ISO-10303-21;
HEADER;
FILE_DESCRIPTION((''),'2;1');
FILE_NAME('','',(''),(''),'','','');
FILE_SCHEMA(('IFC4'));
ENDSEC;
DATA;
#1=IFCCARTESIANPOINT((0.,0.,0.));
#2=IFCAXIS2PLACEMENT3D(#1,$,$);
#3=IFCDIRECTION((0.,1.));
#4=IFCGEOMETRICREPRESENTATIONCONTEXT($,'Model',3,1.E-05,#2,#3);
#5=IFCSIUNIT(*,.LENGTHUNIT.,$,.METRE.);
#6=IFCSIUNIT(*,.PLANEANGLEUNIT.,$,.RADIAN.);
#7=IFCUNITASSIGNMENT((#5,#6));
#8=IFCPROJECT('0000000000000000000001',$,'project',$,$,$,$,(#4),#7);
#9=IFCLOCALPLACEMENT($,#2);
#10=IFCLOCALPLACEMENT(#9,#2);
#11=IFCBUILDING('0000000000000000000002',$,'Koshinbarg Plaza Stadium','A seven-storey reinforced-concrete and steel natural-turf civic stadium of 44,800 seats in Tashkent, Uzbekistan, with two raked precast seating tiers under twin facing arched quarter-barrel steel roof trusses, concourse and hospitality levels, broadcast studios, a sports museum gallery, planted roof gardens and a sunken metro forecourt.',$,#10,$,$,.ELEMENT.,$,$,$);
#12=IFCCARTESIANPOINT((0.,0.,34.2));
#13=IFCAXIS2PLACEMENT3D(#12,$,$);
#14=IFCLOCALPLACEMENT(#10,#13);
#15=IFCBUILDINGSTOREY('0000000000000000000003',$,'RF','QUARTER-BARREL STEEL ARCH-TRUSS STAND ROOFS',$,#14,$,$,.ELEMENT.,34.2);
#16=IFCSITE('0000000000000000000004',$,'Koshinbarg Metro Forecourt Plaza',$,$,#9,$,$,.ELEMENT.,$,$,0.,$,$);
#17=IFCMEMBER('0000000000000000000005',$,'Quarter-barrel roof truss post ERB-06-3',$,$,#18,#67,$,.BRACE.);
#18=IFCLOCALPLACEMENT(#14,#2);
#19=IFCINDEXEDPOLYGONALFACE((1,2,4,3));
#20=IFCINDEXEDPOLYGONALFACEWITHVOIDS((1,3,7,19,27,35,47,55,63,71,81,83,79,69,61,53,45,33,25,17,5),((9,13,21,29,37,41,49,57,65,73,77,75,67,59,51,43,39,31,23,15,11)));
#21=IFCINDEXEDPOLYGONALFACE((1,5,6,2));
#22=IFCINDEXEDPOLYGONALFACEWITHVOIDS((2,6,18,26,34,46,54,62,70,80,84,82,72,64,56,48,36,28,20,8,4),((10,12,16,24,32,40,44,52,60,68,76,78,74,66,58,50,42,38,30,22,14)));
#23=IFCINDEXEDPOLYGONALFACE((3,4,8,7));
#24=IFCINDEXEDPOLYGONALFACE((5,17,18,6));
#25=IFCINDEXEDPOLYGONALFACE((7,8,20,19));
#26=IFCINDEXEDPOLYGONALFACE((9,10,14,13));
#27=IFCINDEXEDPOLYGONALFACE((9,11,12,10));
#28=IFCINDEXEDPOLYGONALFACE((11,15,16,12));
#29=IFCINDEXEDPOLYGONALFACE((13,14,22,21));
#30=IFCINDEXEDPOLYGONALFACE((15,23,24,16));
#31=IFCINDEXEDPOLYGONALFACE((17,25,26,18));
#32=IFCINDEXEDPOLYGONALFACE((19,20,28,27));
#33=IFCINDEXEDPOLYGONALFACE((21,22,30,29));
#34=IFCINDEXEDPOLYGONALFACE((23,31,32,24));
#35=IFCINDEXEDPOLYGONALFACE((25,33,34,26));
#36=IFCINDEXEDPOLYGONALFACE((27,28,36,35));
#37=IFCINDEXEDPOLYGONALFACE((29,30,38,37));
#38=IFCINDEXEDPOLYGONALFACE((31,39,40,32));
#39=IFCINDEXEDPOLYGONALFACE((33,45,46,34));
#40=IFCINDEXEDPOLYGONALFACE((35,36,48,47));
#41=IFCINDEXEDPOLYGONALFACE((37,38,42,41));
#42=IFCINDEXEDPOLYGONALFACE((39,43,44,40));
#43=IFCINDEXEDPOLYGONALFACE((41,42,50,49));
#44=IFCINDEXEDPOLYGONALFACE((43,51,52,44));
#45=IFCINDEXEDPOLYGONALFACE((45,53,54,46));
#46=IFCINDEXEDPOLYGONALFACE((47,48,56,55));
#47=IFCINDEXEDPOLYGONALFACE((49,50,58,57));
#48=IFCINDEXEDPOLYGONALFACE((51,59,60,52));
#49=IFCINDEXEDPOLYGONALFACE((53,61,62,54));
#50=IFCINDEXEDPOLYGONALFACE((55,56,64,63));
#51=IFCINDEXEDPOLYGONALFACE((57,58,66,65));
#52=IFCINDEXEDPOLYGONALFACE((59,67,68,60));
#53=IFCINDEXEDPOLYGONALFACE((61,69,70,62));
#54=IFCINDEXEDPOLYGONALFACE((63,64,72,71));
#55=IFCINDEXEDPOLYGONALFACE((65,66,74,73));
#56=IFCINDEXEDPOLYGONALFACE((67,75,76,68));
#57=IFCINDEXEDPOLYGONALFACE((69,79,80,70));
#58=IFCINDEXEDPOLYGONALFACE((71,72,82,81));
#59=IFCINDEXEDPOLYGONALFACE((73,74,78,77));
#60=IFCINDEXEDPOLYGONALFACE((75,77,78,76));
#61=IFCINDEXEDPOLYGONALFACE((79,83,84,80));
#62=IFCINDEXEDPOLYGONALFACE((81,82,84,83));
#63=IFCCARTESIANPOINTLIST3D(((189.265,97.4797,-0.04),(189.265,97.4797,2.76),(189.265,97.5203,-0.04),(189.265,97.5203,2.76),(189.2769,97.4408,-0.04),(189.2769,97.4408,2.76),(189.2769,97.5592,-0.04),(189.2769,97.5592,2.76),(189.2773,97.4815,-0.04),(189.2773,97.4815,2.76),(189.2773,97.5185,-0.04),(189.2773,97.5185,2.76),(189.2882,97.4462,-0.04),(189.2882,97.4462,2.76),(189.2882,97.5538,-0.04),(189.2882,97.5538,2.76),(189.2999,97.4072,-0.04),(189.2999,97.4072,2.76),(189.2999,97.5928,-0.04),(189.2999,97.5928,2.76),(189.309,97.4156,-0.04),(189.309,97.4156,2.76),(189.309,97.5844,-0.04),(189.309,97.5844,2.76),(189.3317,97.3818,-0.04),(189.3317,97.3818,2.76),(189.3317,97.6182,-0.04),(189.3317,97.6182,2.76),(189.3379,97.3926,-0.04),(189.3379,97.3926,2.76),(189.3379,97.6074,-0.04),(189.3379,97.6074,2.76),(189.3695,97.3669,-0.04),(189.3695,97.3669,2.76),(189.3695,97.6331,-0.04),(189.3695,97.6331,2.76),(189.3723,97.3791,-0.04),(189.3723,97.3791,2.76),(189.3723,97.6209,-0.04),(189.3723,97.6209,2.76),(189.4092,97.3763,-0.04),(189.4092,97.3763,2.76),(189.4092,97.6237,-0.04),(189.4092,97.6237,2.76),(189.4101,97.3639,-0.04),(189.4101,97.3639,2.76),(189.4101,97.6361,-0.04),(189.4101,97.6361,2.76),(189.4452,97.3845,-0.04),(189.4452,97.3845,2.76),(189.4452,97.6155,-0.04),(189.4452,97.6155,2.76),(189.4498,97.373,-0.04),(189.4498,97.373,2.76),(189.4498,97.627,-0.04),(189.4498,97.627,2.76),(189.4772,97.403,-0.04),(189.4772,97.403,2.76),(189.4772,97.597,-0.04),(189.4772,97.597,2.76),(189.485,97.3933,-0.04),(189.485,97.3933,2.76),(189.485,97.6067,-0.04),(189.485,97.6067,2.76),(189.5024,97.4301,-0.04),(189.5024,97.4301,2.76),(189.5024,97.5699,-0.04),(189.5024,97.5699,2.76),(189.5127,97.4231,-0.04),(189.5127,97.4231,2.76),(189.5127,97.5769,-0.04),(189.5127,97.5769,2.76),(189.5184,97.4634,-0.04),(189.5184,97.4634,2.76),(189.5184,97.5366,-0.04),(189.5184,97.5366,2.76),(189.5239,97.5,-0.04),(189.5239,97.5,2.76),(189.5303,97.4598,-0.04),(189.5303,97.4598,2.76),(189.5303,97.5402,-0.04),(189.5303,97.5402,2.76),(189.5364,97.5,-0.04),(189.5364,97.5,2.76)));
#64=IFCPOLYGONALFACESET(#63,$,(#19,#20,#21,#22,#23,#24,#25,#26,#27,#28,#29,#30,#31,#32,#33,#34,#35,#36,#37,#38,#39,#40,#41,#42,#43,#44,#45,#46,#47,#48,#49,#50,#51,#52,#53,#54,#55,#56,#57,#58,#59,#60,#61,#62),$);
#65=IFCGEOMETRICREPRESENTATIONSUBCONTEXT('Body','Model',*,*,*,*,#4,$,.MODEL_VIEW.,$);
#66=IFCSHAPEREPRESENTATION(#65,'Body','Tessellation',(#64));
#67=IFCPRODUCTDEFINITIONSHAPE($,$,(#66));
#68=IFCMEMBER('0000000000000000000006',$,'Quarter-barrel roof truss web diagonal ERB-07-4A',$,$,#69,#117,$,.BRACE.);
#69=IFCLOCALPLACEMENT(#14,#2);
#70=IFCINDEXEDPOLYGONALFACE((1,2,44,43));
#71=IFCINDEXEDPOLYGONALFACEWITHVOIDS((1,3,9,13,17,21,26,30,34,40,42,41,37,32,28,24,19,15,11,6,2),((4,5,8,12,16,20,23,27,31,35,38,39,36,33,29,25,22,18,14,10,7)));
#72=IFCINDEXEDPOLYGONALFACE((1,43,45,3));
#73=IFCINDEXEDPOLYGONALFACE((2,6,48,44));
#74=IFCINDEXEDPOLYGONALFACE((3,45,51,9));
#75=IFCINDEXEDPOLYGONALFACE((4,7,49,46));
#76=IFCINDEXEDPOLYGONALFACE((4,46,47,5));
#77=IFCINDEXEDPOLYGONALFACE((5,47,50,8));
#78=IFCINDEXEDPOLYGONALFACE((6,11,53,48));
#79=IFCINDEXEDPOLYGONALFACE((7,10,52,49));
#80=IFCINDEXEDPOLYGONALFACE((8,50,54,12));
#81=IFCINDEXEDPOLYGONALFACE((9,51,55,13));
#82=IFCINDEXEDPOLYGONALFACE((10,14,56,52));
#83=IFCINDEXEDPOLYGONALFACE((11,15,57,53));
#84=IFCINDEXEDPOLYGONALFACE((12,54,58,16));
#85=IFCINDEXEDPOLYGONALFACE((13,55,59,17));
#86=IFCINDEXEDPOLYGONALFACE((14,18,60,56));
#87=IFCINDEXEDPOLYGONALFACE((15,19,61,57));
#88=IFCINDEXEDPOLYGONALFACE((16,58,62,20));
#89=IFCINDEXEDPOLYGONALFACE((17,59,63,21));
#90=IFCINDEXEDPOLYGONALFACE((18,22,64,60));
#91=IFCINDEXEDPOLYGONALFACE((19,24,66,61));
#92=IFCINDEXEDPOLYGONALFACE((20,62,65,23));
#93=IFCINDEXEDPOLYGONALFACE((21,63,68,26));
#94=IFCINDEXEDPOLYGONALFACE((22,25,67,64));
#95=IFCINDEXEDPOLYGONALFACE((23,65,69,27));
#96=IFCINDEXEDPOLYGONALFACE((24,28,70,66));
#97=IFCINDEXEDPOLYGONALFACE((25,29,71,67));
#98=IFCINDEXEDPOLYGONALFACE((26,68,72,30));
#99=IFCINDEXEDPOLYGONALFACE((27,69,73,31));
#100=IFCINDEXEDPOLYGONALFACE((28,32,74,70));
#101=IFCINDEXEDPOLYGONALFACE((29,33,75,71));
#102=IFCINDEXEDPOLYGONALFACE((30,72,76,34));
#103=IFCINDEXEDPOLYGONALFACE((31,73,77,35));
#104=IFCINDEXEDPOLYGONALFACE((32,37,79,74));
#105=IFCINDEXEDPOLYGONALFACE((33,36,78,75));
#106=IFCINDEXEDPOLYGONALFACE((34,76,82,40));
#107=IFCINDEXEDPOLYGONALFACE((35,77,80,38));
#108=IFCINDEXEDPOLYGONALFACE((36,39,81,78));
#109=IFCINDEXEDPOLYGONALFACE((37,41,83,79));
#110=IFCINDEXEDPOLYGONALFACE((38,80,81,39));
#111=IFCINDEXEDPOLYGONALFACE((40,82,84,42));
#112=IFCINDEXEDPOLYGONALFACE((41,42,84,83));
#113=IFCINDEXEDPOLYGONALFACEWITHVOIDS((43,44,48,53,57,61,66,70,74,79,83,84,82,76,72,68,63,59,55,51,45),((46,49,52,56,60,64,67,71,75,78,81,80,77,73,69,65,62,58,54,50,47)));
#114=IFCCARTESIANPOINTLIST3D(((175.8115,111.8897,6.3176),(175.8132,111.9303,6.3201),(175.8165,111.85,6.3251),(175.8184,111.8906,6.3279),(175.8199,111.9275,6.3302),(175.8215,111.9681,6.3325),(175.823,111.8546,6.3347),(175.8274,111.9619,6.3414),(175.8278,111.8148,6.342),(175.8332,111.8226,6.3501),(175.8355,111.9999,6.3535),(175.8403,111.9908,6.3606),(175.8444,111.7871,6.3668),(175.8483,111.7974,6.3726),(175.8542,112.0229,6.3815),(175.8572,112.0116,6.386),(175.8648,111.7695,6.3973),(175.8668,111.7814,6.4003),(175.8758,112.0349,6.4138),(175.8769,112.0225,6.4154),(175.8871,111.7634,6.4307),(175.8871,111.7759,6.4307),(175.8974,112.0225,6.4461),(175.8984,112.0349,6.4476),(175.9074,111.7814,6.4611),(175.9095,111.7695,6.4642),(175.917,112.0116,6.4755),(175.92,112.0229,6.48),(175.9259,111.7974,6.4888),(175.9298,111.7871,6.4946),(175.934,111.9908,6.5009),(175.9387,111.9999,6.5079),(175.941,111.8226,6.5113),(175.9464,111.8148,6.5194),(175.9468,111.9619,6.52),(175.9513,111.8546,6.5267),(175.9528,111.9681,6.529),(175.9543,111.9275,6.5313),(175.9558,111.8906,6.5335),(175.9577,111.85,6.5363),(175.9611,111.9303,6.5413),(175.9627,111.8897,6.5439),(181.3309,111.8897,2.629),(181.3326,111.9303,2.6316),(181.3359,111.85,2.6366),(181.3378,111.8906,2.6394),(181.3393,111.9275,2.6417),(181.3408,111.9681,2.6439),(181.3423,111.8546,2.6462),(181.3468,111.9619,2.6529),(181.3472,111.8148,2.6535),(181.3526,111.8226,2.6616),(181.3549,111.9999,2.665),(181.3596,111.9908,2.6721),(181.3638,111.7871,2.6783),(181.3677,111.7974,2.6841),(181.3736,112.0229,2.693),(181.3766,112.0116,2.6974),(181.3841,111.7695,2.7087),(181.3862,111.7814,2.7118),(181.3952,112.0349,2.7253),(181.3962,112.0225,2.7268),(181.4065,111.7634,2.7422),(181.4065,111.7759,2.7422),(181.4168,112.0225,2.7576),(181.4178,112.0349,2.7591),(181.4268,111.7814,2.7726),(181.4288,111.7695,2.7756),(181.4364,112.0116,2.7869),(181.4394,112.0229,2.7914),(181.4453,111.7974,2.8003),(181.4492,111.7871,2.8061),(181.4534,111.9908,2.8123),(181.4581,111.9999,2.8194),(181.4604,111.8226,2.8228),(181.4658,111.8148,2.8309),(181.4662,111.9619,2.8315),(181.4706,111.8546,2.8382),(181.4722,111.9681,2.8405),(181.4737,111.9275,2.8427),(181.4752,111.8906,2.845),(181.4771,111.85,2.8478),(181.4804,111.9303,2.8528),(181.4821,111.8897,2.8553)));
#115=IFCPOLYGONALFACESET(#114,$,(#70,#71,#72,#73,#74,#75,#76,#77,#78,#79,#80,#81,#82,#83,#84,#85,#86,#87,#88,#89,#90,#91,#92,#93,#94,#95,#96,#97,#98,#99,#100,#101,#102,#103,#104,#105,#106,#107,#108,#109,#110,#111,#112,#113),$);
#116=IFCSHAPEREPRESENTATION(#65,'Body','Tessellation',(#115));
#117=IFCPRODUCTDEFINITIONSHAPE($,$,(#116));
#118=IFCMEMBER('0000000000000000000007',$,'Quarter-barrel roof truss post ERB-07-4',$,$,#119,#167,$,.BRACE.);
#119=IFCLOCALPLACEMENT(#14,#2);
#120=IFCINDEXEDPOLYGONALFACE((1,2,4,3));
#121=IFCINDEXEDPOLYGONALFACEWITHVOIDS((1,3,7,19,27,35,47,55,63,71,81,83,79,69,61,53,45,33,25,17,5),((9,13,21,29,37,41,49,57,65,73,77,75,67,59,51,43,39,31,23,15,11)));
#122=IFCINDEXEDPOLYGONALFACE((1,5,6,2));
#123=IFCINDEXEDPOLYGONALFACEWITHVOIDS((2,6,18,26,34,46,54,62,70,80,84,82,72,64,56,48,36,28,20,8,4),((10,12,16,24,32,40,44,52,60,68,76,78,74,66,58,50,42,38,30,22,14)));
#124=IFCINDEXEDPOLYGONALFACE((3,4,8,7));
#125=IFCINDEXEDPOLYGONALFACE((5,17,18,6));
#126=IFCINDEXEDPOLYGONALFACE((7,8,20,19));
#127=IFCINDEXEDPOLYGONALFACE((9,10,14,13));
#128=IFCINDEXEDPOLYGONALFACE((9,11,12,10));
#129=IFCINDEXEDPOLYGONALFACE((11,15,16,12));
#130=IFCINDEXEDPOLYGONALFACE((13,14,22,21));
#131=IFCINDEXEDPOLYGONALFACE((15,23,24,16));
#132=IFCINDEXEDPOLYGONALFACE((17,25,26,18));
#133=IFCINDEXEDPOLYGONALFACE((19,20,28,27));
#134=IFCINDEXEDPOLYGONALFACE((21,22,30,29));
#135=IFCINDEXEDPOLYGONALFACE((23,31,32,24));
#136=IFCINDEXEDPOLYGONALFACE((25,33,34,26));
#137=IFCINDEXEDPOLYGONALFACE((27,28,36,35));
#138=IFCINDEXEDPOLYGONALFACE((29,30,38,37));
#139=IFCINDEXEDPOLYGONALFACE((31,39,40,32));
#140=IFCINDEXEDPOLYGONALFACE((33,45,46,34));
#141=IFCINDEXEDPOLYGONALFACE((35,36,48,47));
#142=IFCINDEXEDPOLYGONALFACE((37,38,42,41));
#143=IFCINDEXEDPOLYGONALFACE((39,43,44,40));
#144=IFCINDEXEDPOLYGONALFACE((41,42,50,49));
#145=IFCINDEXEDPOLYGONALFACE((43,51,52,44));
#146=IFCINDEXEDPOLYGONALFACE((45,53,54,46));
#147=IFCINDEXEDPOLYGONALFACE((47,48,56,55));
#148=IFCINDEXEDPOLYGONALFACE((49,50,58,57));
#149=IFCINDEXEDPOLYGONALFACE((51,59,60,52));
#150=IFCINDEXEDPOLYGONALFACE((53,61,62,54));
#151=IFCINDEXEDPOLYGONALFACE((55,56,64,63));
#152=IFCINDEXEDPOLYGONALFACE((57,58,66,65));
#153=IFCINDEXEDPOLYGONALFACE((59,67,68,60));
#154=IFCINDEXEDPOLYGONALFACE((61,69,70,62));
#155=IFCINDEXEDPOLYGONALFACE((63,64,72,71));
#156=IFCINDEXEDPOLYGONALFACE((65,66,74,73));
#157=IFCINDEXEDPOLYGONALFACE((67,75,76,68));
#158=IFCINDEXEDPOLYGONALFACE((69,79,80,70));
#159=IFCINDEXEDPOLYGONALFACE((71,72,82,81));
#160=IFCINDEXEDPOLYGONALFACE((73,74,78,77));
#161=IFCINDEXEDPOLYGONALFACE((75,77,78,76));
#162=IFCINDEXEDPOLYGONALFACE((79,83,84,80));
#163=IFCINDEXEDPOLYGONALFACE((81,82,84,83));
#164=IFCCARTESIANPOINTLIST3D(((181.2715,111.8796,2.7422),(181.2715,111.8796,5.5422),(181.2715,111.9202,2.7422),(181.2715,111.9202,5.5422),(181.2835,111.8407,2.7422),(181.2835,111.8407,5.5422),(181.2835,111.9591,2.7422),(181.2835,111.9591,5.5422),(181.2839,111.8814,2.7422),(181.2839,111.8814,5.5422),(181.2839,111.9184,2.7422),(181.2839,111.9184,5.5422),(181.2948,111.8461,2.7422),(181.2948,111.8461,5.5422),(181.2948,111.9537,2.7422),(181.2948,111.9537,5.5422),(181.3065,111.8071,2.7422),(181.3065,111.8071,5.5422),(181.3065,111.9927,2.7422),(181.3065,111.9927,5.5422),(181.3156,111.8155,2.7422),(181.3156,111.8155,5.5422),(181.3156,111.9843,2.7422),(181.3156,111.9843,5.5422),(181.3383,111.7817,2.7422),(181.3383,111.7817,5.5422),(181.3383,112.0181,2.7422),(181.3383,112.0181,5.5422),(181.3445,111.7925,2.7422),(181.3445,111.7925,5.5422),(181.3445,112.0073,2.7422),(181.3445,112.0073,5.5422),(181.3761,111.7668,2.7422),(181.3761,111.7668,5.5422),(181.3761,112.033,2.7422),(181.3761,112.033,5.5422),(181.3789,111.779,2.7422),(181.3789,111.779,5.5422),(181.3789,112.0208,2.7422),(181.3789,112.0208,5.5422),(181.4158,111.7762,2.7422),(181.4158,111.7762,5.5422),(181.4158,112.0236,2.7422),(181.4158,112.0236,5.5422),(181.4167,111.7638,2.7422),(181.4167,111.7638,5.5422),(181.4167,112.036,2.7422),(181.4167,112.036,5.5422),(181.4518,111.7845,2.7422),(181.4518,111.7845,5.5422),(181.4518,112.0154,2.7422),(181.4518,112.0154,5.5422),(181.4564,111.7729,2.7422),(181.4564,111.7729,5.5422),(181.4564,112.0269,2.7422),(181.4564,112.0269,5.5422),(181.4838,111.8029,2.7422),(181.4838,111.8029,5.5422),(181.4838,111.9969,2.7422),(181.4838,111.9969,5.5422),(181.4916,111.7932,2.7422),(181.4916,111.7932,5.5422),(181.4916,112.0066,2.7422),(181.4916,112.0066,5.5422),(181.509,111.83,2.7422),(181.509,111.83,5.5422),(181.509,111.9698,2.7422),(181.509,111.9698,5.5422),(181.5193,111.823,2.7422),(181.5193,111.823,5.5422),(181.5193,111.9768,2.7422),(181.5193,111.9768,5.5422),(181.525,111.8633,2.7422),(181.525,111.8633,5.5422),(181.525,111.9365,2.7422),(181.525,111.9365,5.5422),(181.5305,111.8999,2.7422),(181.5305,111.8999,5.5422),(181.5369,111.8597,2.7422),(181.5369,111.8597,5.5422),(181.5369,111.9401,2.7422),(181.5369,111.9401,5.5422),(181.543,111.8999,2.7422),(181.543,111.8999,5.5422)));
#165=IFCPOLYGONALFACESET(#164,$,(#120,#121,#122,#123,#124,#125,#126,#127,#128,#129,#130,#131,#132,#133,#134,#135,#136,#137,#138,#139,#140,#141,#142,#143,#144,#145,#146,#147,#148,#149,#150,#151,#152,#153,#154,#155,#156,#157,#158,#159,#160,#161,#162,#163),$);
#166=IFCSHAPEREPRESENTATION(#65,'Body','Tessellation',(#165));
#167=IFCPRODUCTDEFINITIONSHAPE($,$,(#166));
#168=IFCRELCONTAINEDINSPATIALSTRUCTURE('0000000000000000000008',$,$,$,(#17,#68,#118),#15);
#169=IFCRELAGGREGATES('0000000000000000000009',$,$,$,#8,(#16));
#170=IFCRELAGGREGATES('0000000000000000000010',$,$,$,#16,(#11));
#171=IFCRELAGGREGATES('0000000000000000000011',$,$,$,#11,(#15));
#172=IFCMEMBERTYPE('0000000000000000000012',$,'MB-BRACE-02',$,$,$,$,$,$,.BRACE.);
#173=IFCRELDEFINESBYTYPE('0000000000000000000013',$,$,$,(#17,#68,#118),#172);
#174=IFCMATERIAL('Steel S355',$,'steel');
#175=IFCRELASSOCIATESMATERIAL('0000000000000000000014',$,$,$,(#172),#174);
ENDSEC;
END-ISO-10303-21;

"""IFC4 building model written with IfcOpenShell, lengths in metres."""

from ifc_helpers import new_model, si_unit, direction, frame, origin, origin_2d, place, context, subcontext, project, spatial, hollow_circle, extrude, material, material_profile, profile_set, type_object, element, save


model = new_model("IFC4")

# Units and contexts
model_context = context("Model", 3, precision=1e-05, world=origin(), true_north=direction((0.0, 1.0)))
body_context = subcontext(model_context, "Body", "Model", "MODEL_VIEW")
ifc_project = project(units=[si_unit("LENGTHUNIT", "METRE"), si_unit("PLANEANGLEUNIT", "RADIAN")], contexts=[model_context])

# Site, building, storey
site_placement = place(None, origin())
site = spatial("IfcSite", under=ifc_project, at=site_placement, Name="Koshinbarg Metro Forecourt Plaza", CompositionType="ELEMENT", RefElevation=0.0)
building_placement = place(site_placement, origin())
building = spatial("IfcBuilding", under=site, at=building_placement, Name="Koshinbarg Plaza Stadium", Description="A seven-storey reinforced-concrete and steel natural-turf civic stadium of 44,800 seats in Tashkent, Uzbekistan, with two raked precast seating tiers under twin facing arched quarter-barrel steel roof trusses, concourse and hospitality levels, broadcast studios, a sports museum gallery, planted roof gardens and a sunken metro forecourt.", CompositionType="ELEMENT")
storey_placement = place(building_placement, frame((0.0, 0.0, 34.2)))
storey = spatial("IfcBuildingStorey", under=building, at=storey_placement, Name="RF", Description="QUARTER-BARREL STEEL ARCH-TRUSS STAND ROOFS", CompositionType="ELEMENT", Elevation=34.2)

# Members
ifc_material_1 = material(Name="Steel S355", Category="steel")
ifc_material_profile_1 = material_profile(ifc_material_1, hollow_circle(Radius=0.1365, WallThickness=0.0125, at=origin_2d()), Name="CHS 273x12.5")
ifc_profile_set_1 = profile_set([ifc_material_profile_1], Name="Steel S355")
member_type_1 = type_object("IfcMemberType", Name="MB-BRACE-02", PredefinedType="BRACE", material=ifc_profile_set_1)
for number, where, z_axis, x_axis, name in (
    (1, (189.3999, 97.5, -0.04), (0.0, 0.0, 1.0), (1.0, 0.0, 0.0), "Quarter-barrel roof truss post ERB-06-3"),
):
    element("IfcMember", number, at=place(storey_placement, frame(where, z_axis=z_axis, x_axis=x_axis)), inside=storey, type_object=member_type_1, Name=name, PredefinedType="BRACE", context=body_context, shape_type="SweptSolid", body=[
        extrude(hollow_circle(Radius=0.1365, WallThickness=0.0125, at=origin_2d()), origin(), (0.0, 0.0, 1.0), 2.8),
    ])
member_1_placement = place(storey_placement, frame((181.4065, 111.8999, 2.7422), z_axis=(-0.831427, 0.0, 0.555633), x_axis=(0.0, -1.0, 0.0)))
element("IfcMember", 2, at=member_1_placement, inside=storey, type_object=member_type_1, Name="Quarter-barrel roof truss web diagonal ERB-07-4A", PredefinedType="BRACE", context=body_context, shape_type="SweptSolid", body=[
    extrude(hollow_circle(Radius=0.1365, WallThickness=0.0125, at=origin_2d()), origin(), (0.0, 0.0, 1.0), 6.6384),
])
member_2_placement = place(storey_placement, frame((181.4065, 111.8999, 2.7422), z_axis=(0.0, 0.0, 1.0), x_axis=(1.0, 0.0, 0.0)))
element("IfcMember", 3, at=member_2_placement, inside=storey, type_object=member_type_1, Name="Quarter-barrel roof truss post ERB-07-4", PredefinedType="BRACE", context=body_context, shape_type="SweptSolid", body=[
    extrude(hollow_circle(Radius=0.1365, WallThickness=0.0125, at=origin_2d()), origin(), (0.0, 0.0, 1.0), 2.8),
])

save(model, "model.ifc")
